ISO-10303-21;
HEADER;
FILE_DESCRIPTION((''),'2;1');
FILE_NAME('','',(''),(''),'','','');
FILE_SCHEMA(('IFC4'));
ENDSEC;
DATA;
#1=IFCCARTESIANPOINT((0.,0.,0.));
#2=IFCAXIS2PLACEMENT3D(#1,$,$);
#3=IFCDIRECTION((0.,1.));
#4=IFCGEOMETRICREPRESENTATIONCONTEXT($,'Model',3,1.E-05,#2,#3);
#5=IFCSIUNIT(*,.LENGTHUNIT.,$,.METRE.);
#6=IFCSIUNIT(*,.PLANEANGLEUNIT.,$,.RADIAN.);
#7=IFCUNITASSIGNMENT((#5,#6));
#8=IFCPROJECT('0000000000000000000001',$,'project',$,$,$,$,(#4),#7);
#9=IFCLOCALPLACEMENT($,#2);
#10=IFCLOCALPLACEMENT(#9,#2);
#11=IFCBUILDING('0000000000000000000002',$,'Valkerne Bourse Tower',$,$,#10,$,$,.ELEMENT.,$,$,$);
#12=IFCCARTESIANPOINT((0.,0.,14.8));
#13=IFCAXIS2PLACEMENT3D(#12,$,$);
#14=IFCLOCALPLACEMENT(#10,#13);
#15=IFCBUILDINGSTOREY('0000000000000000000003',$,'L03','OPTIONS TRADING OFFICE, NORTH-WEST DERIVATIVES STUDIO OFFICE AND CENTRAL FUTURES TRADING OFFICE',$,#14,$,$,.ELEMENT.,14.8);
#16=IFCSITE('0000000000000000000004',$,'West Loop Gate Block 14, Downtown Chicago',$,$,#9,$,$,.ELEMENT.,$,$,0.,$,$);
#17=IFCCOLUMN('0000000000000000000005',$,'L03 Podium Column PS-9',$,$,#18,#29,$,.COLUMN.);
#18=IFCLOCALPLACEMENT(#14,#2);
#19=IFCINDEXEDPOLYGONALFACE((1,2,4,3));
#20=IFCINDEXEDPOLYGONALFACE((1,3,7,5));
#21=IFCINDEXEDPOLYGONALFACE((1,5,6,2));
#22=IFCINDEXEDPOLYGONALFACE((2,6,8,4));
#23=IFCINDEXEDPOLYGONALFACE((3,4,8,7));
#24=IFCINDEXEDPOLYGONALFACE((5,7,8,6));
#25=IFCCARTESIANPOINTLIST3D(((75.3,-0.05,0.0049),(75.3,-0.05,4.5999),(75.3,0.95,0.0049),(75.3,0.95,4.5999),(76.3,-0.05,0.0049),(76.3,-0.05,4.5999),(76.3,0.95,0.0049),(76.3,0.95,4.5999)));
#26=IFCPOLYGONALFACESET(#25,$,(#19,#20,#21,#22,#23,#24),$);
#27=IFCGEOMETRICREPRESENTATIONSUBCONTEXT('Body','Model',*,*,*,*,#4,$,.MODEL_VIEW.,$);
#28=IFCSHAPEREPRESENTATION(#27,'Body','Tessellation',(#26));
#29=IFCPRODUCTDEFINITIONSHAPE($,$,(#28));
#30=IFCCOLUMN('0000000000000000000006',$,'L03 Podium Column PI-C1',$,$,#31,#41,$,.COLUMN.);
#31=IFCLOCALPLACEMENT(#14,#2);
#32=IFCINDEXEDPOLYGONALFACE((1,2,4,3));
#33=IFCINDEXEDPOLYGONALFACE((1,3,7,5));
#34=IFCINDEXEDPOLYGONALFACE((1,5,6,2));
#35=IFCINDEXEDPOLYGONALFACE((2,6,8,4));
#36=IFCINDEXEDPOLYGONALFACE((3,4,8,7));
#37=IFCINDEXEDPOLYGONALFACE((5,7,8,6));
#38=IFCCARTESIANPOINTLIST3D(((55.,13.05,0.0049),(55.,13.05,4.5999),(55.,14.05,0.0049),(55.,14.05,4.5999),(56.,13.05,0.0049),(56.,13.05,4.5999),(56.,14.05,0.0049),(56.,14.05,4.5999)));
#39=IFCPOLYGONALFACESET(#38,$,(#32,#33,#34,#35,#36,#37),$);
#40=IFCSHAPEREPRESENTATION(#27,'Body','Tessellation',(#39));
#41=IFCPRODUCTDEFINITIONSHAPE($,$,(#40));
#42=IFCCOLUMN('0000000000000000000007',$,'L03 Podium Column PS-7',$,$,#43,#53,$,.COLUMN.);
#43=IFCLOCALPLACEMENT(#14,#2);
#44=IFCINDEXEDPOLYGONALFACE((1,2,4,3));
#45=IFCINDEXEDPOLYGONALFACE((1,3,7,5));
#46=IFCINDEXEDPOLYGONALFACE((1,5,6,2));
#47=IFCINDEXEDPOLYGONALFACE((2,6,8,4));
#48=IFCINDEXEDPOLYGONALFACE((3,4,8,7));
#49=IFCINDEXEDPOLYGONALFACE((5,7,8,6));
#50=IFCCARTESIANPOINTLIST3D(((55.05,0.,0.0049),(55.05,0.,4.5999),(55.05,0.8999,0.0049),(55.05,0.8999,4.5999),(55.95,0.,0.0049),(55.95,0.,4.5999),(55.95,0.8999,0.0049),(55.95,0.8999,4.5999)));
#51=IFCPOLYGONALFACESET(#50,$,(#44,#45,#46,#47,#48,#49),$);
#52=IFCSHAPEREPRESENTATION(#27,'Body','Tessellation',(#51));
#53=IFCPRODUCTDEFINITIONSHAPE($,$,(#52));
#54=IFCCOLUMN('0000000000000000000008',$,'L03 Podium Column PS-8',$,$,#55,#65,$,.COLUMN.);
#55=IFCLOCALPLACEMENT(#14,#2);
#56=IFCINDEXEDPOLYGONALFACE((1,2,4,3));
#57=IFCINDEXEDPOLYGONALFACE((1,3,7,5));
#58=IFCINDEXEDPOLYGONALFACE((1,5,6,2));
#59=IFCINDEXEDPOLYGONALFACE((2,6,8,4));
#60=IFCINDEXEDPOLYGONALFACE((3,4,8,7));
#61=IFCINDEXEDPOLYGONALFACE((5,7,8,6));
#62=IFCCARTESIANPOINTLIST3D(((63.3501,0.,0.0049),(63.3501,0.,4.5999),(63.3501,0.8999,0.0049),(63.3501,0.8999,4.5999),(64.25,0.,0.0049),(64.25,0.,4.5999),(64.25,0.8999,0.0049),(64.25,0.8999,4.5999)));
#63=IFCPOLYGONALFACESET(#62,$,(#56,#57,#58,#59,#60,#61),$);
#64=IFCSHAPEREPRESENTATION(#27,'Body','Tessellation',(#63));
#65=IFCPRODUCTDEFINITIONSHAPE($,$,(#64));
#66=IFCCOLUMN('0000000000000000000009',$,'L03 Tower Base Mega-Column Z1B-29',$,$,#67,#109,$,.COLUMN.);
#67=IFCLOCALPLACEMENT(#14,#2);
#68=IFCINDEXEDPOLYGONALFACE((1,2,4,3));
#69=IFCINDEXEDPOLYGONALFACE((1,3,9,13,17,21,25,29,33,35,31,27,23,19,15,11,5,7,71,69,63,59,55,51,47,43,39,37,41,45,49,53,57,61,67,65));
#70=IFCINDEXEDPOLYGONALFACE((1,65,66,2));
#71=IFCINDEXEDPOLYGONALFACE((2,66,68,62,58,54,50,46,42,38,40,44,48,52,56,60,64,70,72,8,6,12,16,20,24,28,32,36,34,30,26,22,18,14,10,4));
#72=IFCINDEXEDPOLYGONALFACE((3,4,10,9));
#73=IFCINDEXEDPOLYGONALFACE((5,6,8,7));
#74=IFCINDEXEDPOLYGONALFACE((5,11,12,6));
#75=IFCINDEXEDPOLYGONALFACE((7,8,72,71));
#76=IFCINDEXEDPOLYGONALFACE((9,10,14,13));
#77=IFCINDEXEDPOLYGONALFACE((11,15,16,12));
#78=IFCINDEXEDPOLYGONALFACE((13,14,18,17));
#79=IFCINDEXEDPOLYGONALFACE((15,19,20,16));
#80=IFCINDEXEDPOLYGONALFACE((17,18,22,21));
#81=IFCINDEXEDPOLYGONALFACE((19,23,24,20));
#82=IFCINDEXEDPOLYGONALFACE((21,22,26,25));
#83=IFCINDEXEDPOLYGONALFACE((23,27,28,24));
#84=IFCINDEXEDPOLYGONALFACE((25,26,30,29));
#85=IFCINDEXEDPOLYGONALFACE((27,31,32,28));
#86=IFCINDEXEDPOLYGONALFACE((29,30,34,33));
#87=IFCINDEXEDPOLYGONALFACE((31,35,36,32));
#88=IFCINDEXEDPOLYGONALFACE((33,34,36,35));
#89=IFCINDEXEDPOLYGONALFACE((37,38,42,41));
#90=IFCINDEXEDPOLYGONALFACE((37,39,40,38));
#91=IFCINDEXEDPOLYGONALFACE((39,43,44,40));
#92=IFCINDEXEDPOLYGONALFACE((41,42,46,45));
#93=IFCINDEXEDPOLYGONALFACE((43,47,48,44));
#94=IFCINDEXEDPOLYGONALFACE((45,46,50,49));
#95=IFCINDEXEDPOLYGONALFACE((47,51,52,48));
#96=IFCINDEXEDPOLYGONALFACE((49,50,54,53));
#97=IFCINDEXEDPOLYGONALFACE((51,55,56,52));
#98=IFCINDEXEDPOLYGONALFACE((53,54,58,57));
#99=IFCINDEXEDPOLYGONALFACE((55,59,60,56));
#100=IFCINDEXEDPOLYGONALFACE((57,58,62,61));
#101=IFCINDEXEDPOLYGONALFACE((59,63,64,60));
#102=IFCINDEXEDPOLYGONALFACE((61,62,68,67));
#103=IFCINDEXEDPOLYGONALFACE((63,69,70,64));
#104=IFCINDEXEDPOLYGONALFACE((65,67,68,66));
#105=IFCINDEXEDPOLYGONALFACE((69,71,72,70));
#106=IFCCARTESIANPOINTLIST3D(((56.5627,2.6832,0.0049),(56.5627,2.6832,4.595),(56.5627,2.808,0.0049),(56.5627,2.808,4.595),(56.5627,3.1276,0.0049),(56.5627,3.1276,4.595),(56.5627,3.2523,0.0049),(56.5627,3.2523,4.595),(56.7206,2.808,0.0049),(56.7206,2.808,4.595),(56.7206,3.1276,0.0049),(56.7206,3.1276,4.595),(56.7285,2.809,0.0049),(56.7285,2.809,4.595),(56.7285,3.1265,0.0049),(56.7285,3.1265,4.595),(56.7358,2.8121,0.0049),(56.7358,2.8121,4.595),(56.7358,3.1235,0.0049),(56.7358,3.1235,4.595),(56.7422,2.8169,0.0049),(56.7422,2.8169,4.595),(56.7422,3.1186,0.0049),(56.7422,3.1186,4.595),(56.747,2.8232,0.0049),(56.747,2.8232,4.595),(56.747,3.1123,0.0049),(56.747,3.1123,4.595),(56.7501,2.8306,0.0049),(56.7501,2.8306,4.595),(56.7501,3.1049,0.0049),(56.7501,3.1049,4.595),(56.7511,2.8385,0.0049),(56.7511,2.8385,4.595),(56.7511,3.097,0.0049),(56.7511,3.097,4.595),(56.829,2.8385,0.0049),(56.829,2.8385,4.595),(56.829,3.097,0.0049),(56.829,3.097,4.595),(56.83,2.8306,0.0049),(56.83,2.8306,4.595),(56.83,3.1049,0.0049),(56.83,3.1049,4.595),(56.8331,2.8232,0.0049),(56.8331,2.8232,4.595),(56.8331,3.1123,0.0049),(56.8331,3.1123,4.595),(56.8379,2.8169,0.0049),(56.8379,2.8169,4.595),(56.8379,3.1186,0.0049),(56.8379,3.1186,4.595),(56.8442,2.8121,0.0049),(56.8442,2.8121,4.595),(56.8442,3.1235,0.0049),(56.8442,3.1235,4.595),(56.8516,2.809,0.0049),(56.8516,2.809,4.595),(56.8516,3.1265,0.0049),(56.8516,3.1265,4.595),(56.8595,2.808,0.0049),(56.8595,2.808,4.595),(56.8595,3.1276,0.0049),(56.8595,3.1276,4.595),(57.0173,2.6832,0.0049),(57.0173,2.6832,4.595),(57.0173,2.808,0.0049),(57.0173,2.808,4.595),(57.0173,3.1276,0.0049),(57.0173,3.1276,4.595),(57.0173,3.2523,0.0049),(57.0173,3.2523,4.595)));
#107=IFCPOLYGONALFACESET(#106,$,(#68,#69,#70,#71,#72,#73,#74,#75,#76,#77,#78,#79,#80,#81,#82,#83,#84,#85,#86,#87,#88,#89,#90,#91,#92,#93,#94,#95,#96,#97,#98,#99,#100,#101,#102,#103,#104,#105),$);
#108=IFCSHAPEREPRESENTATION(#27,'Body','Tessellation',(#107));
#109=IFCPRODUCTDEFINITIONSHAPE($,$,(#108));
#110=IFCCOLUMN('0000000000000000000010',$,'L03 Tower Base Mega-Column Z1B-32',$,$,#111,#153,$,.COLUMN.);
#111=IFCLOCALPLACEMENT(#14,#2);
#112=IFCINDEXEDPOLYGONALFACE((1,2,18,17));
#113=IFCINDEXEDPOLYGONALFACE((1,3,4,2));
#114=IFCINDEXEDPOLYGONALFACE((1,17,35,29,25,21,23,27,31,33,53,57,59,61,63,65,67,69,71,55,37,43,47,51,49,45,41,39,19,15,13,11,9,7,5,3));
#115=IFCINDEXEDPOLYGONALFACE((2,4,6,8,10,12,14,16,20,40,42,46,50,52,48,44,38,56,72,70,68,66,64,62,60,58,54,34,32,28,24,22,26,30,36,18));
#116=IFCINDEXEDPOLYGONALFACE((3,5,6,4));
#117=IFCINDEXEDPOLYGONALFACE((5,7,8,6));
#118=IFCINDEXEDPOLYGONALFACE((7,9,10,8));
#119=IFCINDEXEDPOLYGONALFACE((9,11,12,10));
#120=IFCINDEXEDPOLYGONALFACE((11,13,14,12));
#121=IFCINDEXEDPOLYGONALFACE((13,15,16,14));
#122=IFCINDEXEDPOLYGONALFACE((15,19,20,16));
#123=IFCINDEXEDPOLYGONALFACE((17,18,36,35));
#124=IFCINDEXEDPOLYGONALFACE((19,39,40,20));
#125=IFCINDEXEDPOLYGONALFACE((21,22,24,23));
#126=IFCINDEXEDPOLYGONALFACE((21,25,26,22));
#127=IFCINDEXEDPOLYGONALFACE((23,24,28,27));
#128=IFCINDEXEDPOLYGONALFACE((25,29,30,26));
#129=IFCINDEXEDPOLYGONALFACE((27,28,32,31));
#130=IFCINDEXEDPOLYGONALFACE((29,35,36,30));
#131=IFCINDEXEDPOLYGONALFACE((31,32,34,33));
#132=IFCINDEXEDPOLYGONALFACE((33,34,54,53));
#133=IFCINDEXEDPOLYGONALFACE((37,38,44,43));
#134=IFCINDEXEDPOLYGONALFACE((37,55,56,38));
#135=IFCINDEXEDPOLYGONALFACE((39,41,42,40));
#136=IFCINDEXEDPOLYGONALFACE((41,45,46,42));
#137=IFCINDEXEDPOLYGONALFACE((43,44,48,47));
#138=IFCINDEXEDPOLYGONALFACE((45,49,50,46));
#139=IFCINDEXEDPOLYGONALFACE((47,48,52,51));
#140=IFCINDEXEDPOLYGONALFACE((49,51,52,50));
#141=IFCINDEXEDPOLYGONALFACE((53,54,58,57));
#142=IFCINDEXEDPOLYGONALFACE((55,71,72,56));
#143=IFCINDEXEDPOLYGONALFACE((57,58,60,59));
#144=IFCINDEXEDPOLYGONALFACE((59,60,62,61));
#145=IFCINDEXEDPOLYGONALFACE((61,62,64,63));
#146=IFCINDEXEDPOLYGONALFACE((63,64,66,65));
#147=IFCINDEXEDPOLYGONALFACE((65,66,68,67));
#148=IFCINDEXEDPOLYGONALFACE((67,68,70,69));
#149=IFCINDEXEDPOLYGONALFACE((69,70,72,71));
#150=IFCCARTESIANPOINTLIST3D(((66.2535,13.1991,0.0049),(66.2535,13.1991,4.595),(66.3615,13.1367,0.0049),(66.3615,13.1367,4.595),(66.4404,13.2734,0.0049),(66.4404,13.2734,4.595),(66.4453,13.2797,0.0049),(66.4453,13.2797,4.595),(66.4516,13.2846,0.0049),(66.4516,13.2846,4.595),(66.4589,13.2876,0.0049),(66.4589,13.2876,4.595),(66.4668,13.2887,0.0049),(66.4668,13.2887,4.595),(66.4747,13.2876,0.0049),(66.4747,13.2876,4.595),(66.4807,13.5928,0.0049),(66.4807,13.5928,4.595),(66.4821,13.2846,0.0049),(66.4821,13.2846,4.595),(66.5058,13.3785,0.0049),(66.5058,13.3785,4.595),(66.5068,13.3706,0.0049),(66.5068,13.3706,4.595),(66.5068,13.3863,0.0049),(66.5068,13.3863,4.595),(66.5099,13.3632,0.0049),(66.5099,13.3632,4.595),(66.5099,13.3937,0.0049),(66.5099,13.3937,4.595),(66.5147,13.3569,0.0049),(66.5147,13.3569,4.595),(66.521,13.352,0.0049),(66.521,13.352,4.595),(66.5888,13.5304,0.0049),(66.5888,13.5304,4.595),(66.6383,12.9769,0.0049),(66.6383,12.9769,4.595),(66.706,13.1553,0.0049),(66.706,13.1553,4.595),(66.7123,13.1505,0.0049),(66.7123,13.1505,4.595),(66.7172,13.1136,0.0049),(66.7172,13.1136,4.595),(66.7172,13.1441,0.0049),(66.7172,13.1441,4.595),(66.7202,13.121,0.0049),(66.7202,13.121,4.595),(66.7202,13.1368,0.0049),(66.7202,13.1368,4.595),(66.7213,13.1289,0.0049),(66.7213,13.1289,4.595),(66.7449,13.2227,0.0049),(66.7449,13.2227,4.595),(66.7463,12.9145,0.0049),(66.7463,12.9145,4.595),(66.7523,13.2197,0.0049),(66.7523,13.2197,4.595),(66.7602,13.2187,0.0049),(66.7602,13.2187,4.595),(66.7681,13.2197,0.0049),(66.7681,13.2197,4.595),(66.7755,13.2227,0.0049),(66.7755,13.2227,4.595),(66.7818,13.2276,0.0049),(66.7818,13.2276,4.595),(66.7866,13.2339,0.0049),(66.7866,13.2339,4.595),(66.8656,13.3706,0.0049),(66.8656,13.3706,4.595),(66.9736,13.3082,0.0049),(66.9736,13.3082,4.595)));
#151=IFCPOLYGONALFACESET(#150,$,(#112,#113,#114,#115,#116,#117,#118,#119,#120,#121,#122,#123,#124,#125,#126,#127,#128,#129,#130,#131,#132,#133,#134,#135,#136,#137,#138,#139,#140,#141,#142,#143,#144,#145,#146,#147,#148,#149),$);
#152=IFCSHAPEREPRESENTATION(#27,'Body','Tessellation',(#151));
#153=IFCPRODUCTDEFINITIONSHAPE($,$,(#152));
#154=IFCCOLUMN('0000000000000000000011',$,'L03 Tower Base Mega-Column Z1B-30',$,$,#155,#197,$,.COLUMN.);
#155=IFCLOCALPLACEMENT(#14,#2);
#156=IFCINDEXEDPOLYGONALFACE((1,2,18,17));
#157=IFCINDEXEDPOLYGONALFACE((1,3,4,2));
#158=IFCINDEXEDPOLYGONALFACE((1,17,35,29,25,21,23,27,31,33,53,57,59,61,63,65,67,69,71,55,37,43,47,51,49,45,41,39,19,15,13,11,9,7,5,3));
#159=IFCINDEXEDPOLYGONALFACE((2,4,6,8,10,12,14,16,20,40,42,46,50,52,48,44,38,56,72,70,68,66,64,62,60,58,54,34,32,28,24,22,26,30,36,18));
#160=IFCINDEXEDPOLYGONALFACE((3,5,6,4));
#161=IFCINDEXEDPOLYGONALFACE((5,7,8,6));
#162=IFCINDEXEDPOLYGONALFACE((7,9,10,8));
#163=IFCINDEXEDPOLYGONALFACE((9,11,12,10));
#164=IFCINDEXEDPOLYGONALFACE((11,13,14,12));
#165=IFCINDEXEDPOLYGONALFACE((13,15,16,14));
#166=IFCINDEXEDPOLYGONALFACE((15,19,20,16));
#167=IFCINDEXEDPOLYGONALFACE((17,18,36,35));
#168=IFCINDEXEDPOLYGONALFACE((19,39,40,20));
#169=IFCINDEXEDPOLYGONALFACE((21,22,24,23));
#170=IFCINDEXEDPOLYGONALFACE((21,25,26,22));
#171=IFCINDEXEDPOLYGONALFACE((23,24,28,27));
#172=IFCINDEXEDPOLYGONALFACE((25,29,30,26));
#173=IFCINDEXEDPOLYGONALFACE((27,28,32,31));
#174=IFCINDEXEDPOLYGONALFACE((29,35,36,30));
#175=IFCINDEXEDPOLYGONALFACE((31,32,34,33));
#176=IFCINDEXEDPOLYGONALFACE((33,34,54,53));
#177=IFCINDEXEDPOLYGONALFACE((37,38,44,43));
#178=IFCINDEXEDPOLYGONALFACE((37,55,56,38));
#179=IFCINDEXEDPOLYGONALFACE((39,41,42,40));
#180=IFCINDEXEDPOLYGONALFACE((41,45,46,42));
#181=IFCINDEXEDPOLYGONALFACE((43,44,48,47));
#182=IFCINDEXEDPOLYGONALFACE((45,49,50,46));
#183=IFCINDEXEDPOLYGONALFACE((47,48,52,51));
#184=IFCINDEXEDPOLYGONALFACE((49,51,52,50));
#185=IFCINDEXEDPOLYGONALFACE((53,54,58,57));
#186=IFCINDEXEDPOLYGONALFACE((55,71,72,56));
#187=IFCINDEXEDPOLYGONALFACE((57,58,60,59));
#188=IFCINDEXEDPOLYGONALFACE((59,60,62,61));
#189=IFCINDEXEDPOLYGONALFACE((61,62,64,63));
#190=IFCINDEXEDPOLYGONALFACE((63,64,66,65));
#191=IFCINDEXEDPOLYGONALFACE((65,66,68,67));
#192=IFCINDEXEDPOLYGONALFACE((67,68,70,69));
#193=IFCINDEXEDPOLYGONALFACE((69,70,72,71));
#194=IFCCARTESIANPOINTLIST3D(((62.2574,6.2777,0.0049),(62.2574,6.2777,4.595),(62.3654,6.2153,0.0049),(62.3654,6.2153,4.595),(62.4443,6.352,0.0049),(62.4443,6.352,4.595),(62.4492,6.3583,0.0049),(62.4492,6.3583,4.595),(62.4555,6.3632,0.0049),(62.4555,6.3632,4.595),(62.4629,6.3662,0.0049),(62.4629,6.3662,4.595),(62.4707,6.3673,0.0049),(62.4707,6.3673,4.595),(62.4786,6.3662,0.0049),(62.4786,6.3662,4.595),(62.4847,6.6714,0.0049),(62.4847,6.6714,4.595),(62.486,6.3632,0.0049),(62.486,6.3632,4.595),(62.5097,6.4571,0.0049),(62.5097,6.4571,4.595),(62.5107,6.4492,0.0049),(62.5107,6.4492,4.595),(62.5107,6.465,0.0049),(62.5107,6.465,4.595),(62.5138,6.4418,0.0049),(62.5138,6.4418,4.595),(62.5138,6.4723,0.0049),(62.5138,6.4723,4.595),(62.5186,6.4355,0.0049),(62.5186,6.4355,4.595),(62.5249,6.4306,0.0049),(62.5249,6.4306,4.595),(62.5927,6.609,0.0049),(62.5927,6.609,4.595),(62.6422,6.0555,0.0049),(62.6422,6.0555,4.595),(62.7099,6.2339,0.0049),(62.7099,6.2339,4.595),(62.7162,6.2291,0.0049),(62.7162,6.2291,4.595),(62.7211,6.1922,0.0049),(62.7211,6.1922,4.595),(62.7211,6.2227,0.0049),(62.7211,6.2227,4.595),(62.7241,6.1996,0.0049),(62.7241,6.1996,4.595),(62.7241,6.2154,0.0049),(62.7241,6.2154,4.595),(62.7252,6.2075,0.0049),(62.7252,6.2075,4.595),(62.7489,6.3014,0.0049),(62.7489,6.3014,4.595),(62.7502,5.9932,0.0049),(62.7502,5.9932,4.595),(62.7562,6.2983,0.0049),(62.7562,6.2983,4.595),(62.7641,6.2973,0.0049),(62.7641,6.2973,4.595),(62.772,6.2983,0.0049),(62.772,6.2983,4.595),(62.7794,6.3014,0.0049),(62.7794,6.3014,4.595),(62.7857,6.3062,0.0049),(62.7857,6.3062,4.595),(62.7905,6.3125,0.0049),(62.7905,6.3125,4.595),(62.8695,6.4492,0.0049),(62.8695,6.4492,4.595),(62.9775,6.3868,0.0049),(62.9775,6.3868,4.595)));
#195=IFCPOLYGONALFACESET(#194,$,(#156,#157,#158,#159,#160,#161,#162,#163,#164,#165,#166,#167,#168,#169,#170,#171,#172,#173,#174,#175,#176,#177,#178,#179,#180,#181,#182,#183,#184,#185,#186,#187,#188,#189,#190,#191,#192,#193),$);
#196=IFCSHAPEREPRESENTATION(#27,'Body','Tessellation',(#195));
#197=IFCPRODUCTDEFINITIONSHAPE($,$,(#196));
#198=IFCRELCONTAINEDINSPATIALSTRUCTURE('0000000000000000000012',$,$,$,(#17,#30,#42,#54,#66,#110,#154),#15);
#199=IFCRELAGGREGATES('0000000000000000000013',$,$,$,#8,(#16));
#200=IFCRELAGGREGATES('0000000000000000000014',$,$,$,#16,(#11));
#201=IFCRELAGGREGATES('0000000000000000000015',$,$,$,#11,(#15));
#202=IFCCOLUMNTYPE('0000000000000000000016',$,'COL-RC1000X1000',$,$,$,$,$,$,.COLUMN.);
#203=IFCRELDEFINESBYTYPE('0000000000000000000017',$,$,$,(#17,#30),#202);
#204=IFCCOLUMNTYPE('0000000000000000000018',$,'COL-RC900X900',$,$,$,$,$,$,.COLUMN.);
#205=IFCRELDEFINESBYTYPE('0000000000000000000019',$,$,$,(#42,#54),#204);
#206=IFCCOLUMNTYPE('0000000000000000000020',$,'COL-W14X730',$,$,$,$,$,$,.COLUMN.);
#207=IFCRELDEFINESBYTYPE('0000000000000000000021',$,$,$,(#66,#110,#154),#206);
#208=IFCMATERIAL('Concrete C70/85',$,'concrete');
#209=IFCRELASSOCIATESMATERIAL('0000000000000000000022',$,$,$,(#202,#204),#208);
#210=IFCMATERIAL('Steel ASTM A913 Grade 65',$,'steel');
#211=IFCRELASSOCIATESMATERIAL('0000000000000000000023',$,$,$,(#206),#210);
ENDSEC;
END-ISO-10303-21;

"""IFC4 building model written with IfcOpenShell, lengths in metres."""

from ifc_helpers import new_model, si_unit, direction, frame, origin, origin_2d, place, context, subcontext, project, spatial, rectangle, i_section, extrude, material, material_profile, profile_set, type_object, element, save


model = new_model("IFC4")

# Units and contexts
model_context = context("Model", 3, precision=1e-05, world=origin(), true_north=direction((0.0, 1.0)))
body_context = subcontext(model_context, "Body", "Model", "MODEL_VIEW")
ifc_project = project(units=[si_unit("LENGTHUNIT", "METRE"), si_unit("PLANEANGLEUNIT", "RADIAN")], contexts=[model_context])

# Site, building, storey
site_placement = place(None, origin())
site = spatial("IfcSite", under=ifc_project, at=site_placement, Name="West Loop Gate Block 14, Downtown Chicago", CompositionType="ELEMENT", RefElevation=0.0)
building_placement = place(site_placement, origin())
building = spatial("IfcBuilding", under=site, at=building_placement, Name="Valkerne Bourse Tower", CompositionType="ELEMENT")
storey_placement = place(building_placement, frame((0.0, 0.0, 14.8)))
storey = spatial("IfcBuildingStorey", under=building, at=storey_placement, Name="L03", Description="OPTIONS TRADING OFFICE, NORTH-WEST DERIVATIVES STUDIO OFFICE AND CENTRAL FUTURES TRADING OFFICE", CompositionType="ELEMENT", Elevation=14.8)

# Columns
ifc_material_1 = material(Name="Concrete C70/85", Category="concrete")
ifc_material_profile_1 = material_profile(ifc_material_1, rectangle(XDim=1.0, YDim=1.0, at=origin_2d()), Name="RC1000X1000")
ifc_profile_set_1 = profile_set([ifc_material_profile_1], Name="Concrete C70/85")
column_type_1 = type_object("IfcColumnType", Name="COL-RC1000X1000", PredefinedType="COLUMN", material=ifc_profile_set_1)
for number, where, z_axis, x_axis, name in (
    (1, (75.8, 0.45, 0.0049), (0.0, 0.0, 1.0), (1.0, 0.0, 0.0), "L03 Podium Column PS-9"),
    (2, (55.5, 13.55, 0.0049), (0.0, 0.0, 1.0), (1.0, 0.0, 0.0), "L03 Podium Column PI-C1"),
):
    element("IfcColumn", number, at=place(storey_placement, frame(where, z_axis=z_axis, x_axis=x_axis)), inside=storey, type_object=column_type_1, Name=name, PredefinedType="COLUMN", context=body_context, shape_type="SweptSolid", body=[
        extrude(rectangle(XDim=1.0, YDim=1.0, at=origin_2d()), origin(), (0.0, 0.0, 1.0), 4.595),
    ])
ifc_material_profile_2 = material_profile(ifc_material_1, rectangle(XDim=0.8999, YDim=0.8999, at=origin_2d()), Name="RC900X900")
ifc_profile_set_2 = profile_set([ifc_material_profile_2], Name="Concrete C70/85")
column_type_2 = type_object("IfcColumnType", Name="COL-RC900X900", PredefinedType="COLUMN", material=ifc_profile_set_2)
for number, where, z_axis, x_axis, name in (
    (3, (55.5, 0.45, 0.0049), (0.0, 0.0, 1.0), (1.0, 0.0, 0.0), "L03 Podium Column PS-7"),
    (4, (63.8, 0.45, 0.0049), (0.0, 0.0, 1.0), (1.0, 0.0, 0.0), "L03 Podium Column PS-8"),
):
    element("IfcColumn", number, at=place(storey_placement, frame(where, z_axis=z_axis, x_axis=x_axis)), inside=storey, type_object=column_type_2, Name=name, PredefinedType="COLUMN", context=body_context, shape_type="SweptSolid", body=[
        extrude(rectangle(XDim=0.8999, YDim=0.8999, at=origin_2d()), origin(), (0.0, 0.0, 1.0), 4.595),
    ])
ifc_material_2 = material(Name="Steel ASTM A913 Grade 65", Category="steel")
ifc_material_profile_3 = material_profile(ifc_material_2, i_section(OverallWidth=0.4546, OverallDepth=0.5691, WebThickness=0.0779, FlangeThickness=0.1248, FilletRadius=0.0305, at=origin_2d()), Name="W14X730")
ifc_profile_set_3 = profile_set([ifc_material_profile_3], Name="Steel ASTM A913 Grade 65")
column_type_3 = type_object("IfcColumnType", Name="COL-W14X730", PredefinedType="COLUMN", material=ifc_profile_set_3)
for number, where, z_axis, x_axis, name in (
    (5, (56.79, 2.9678, 0.0049), (0.0, 0.0, 1.0), (1.0, 0.0, 0.0), "L03 Tower Base Mega-Column Z1B-29"),
    (6, (66.6135, 13.2537, 0.0049), (0.0, 0.0, 1.0), (0.5, 0.866025, 0.0), "L03 Tower Base Mega-Column Z1B-32"),
    (7, (62.6174, 6.3323, 0.0049), (0.0, 0.0, 1.0), (0.5, 0.866025, 0.0), "L03 Tower Base Mega-Column Z1B-30"),
):
    element("IfcColumn", number, at=place(storey_placement, frame(where, z_axis=z_axis, x_axis=x_axis)), inside=storey, type_object=column_type_3, Name=name, PredefinedType="COLUMN", context=body_context, shape_type="SweptSolid", body=[
        extrude(i_section(OverallWidth=0.4546, OverallDepth=0.5691, WebThickness=0.0779, FlangeThickness=0.1248, FilletRadius=0.0305, at=origin_2d()), origin(), (0.0, 0.0, 1.0), 4.5901),
    ])

save(model, "model.ifc")
